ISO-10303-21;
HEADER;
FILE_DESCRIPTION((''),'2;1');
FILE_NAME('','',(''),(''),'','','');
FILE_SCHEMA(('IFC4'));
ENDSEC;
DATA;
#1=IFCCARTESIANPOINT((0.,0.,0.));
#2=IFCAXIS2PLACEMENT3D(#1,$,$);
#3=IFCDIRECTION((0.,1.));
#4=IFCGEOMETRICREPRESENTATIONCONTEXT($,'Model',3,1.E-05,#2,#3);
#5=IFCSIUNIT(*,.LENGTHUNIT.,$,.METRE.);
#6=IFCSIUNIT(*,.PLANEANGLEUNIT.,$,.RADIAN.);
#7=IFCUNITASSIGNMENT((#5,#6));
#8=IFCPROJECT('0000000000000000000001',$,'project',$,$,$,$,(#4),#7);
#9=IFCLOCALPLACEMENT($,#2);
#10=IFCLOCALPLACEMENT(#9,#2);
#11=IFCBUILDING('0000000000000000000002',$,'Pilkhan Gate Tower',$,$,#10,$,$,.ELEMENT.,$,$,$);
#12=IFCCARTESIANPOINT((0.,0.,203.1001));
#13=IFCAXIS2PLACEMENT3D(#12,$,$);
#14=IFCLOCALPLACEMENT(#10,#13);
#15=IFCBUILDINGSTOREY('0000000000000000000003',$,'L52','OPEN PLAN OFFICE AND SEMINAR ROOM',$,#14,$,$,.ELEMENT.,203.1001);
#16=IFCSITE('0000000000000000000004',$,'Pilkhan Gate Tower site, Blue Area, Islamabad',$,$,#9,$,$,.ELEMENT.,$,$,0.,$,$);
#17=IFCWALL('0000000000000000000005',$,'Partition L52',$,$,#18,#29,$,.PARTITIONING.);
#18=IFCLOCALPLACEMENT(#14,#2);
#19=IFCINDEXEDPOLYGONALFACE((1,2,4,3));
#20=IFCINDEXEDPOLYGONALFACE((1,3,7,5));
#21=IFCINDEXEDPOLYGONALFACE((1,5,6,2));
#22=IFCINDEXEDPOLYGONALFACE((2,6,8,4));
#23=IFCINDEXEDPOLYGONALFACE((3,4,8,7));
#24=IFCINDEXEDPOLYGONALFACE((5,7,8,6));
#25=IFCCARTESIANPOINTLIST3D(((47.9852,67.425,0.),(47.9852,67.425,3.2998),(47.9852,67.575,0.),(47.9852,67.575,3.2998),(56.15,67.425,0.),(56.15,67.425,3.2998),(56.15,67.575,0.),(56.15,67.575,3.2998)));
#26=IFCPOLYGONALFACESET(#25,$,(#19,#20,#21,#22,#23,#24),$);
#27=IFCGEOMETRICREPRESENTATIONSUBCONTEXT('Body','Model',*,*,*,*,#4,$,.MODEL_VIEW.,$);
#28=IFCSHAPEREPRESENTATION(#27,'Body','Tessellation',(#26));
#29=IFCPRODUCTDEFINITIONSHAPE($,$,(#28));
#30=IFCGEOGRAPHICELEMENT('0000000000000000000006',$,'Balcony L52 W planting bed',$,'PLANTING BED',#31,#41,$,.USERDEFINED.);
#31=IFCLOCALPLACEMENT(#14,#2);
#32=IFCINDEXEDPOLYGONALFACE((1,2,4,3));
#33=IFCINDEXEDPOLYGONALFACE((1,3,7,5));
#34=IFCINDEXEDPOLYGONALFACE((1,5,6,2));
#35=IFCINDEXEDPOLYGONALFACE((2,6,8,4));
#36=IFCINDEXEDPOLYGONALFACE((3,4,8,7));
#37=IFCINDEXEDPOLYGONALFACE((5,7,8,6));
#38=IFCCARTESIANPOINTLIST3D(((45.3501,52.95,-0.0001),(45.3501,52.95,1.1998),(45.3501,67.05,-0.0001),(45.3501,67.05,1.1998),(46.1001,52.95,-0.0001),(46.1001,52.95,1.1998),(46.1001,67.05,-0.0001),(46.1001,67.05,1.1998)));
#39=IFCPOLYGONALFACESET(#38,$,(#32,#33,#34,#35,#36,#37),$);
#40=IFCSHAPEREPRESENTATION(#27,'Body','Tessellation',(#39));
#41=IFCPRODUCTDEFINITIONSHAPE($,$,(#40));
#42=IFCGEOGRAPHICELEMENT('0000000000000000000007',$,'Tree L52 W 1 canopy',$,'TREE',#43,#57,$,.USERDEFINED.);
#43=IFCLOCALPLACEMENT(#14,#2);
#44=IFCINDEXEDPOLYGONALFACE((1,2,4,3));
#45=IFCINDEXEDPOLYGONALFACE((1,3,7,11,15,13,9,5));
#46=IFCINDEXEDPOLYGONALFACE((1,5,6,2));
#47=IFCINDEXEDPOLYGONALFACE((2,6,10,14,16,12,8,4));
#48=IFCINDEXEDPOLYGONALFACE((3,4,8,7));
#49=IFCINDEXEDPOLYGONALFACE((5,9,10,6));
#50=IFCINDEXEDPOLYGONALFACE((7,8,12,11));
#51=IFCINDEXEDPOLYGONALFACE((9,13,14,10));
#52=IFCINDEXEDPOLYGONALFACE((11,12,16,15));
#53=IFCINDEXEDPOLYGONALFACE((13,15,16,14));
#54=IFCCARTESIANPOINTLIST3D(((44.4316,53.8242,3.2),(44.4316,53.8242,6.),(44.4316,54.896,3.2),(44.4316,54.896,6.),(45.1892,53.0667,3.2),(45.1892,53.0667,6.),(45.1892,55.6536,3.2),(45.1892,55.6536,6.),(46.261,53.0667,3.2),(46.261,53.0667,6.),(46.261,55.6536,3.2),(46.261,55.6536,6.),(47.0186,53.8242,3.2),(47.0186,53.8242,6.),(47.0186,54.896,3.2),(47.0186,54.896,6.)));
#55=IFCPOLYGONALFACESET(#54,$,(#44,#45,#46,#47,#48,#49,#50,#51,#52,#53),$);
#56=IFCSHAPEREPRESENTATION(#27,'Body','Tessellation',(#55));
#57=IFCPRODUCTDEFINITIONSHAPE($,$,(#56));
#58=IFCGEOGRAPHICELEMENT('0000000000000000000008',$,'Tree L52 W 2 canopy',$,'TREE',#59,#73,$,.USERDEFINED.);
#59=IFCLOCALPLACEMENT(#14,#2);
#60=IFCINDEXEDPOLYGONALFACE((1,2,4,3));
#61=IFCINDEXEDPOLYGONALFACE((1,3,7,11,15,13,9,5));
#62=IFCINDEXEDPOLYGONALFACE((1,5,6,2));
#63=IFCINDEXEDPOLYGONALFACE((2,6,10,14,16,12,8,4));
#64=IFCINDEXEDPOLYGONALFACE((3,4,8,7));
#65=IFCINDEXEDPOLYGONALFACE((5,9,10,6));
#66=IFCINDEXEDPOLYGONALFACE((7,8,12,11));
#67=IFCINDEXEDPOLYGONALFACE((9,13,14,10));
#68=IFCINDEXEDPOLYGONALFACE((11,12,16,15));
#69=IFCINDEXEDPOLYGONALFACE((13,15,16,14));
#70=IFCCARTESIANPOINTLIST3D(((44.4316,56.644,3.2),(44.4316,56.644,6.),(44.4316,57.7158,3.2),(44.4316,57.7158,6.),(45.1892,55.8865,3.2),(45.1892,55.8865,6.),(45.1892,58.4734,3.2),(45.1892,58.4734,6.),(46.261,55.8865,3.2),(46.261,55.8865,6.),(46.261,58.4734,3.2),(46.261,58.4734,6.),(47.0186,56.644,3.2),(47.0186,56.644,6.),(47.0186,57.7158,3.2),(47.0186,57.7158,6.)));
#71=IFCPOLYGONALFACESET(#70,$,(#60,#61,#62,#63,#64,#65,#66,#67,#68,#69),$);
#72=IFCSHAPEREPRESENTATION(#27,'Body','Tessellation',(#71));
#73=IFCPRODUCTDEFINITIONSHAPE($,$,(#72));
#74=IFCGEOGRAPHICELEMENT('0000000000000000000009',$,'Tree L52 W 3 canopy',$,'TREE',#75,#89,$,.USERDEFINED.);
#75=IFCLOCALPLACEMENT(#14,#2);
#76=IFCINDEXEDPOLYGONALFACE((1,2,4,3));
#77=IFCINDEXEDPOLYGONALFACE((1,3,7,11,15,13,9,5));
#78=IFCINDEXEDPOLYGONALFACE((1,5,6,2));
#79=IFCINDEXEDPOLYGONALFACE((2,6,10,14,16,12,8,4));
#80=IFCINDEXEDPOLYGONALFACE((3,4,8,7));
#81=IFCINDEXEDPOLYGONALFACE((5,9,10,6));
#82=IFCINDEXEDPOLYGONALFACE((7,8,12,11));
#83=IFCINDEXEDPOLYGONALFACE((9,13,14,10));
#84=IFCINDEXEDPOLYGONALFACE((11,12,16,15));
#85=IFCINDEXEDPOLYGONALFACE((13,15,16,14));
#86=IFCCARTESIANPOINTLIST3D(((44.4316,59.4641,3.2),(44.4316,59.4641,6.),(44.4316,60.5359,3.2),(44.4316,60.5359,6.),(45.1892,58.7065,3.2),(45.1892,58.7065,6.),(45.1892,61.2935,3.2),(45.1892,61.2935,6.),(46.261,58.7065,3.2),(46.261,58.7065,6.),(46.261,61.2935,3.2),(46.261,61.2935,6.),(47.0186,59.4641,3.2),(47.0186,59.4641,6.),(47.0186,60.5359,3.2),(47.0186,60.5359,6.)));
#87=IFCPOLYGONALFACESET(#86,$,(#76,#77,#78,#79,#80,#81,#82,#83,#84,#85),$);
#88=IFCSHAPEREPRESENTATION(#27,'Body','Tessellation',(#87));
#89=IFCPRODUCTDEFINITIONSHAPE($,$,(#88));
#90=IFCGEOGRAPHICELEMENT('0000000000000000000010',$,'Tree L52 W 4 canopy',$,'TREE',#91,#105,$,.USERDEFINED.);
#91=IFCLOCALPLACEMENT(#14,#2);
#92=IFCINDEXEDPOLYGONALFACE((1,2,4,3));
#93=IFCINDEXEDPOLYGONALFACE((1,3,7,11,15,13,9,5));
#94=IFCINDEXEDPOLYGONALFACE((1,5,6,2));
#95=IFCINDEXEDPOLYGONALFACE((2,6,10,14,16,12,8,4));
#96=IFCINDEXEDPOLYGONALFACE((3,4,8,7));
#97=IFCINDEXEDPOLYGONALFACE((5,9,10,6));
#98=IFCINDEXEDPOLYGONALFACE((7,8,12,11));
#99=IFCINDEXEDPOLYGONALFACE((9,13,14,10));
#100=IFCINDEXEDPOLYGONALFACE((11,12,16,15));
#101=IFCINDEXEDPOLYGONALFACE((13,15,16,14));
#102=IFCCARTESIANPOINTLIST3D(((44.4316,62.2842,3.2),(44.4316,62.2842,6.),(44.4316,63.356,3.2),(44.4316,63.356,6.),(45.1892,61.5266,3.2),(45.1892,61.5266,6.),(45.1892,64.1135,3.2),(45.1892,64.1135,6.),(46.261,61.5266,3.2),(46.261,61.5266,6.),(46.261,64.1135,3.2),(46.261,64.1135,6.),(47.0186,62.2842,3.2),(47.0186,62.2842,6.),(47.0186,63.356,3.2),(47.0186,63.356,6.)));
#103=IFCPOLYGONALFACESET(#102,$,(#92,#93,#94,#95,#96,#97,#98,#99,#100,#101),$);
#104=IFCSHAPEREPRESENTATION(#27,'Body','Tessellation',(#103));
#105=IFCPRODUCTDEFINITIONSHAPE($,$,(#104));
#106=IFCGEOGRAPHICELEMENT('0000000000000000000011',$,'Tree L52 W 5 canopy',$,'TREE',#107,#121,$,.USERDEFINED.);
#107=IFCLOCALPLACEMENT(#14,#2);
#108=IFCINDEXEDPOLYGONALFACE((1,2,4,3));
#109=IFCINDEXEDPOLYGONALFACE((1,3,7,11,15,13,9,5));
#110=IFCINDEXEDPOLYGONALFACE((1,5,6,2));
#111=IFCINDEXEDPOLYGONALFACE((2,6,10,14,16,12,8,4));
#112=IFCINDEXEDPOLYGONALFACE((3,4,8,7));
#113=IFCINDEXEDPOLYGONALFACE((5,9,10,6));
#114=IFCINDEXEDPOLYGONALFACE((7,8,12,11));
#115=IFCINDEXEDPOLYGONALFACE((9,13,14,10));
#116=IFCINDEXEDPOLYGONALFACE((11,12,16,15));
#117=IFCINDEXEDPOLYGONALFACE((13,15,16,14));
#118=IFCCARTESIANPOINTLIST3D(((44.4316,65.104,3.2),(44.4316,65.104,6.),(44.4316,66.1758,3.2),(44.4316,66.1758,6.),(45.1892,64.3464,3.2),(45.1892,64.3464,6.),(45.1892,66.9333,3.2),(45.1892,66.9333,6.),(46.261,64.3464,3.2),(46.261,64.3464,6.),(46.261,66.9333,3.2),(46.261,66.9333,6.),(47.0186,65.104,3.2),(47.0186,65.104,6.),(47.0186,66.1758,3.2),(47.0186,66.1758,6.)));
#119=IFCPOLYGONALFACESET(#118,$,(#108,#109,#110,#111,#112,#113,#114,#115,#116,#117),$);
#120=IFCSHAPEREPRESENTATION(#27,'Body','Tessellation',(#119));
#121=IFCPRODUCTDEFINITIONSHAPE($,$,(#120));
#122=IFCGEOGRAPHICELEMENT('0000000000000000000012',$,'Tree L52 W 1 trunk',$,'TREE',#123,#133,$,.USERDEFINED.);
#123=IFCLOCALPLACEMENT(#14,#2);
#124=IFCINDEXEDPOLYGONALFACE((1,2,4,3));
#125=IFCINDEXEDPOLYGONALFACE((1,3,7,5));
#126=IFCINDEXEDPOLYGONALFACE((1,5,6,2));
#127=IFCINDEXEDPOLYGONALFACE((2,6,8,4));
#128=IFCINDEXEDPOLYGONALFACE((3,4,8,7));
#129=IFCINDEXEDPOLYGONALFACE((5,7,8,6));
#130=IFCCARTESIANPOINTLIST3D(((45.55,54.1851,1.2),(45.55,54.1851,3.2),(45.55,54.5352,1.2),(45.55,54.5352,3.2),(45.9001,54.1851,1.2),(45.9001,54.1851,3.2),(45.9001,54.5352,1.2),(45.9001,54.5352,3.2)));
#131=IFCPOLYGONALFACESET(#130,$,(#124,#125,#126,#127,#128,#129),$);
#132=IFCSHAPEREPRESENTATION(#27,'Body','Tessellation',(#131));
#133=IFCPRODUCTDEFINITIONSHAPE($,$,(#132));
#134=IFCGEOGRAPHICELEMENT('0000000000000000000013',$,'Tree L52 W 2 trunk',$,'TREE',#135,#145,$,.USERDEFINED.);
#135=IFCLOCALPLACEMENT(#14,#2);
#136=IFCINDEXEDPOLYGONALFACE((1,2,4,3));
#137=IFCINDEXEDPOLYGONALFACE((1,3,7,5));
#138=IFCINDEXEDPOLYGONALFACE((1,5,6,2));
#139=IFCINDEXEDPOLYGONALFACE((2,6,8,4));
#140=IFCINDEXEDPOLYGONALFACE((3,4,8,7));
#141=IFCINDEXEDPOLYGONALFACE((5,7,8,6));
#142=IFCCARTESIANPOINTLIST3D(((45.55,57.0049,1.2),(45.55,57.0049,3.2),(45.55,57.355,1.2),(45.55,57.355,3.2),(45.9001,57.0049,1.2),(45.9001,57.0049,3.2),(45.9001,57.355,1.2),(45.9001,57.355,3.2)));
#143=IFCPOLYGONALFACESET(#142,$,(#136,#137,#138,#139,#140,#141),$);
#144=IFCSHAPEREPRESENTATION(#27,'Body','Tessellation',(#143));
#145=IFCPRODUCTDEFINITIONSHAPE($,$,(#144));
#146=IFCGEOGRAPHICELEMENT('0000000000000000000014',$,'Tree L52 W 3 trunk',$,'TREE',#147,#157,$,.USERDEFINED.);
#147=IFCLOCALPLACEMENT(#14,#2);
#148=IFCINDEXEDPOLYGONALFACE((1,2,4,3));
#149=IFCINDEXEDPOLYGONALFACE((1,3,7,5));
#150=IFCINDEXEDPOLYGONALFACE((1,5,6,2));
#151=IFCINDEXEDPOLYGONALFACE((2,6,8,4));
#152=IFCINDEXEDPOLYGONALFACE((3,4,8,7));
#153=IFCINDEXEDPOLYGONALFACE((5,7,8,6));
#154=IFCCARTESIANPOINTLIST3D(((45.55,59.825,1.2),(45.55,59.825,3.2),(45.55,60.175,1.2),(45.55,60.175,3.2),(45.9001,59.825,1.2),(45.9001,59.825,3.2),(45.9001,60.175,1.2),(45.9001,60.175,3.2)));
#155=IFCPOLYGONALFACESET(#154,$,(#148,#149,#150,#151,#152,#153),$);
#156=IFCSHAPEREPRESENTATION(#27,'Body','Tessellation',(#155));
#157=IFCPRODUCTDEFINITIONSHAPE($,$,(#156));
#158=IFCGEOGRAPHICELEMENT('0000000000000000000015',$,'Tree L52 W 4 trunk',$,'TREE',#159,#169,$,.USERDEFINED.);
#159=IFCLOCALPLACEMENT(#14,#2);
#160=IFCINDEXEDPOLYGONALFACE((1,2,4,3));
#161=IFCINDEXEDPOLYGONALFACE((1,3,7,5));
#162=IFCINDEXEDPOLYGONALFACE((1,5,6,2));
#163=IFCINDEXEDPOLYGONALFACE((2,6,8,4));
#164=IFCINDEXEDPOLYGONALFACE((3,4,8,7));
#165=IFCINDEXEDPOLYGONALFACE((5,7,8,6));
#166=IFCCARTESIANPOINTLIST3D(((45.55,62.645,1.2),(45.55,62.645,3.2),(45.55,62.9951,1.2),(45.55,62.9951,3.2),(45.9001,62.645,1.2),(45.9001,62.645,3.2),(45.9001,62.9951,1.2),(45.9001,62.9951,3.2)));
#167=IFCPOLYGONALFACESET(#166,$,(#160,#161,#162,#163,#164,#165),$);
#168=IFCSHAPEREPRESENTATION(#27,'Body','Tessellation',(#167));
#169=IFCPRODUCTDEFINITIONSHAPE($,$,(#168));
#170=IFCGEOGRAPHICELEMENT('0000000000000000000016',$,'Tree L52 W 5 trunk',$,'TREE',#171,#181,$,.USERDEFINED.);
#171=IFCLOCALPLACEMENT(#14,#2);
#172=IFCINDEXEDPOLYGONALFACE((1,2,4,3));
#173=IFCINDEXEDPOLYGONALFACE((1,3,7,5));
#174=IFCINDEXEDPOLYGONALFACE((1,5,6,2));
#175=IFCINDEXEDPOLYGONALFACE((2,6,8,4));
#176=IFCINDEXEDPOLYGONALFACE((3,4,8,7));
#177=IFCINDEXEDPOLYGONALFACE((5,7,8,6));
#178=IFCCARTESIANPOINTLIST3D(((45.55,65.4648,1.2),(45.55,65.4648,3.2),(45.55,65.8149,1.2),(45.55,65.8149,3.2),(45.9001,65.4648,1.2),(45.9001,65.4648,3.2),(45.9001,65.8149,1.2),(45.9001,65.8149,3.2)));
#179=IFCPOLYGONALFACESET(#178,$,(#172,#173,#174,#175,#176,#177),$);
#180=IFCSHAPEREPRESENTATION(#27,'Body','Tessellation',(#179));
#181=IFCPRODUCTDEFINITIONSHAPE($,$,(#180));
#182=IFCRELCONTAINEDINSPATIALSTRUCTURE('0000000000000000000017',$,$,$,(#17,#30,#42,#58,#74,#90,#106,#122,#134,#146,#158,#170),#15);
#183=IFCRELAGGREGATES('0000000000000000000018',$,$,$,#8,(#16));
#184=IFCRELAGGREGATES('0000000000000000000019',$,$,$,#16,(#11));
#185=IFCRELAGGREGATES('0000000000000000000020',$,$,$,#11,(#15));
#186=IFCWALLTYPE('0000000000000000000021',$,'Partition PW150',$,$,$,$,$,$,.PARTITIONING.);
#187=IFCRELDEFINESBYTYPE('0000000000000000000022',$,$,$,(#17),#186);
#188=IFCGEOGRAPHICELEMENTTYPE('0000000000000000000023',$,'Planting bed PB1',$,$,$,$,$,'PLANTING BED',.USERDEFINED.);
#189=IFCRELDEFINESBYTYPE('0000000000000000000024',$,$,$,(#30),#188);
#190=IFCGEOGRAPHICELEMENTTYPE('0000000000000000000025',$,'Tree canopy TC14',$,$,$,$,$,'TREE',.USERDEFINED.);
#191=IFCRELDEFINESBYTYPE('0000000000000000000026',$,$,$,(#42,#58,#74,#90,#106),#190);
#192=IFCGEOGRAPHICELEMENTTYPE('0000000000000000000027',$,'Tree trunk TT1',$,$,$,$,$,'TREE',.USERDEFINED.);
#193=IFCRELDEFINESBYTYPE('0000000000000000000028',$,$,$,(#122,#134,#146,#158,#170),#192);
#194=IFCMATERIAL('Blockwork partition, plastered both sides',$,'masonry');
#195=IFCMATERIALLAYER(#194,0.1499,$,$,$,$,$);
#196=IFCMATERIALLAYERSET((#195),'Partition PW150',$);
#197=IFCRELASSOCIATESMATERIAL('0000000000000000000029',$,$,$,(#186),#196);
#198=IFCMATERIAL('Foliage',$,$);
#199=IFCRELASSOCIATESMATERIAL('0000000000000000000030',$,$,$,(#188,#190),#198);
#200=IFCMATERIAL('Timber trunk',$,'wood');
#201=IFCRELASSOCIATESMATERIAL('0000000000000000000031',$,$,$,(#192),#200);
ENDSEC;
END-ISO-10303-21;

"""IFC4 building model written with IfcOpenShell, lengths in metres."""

from ifc_helpers import new_model, si_unit, direction, frame, frame_2d, origin, origin_2d, place, context, subcontext, project, spatial, polyline, rectangle, outline, extrude, material, layer, layer_set, material_profile, profile_set, type_object, element, save


model = new_model("IFC4")

# Units and contexts
model_context = context("Model", 3, precision=1e-05, world=origin(), true_north=direction((0.0, 1.0)))
body_context = subcontext(model_context, "Body", "Model", "MODEL_VIEW")
ifc_project = project(units=[si_unit("LENGTHUNIT", "METRE"), si_unit("PLANEANGLEUNIT", "RADIAN")], contexts=[model_context])

# Site, building, storey
site_placement = place(None, origin())
site = spatial("IfcSite", under=ifc_project, at=site_placement, Name="Pilkhan Gate Tower site, Blue Area, Islamabad", CompositionType="ELEMENT", RefElevation=0.0)
building_placement = place(site_placement, origin())
building = spatial("IfcBuilding", under=site, at=building_placement, Name="Pilkhan Gate Tower", CompositionType="ELEMENT")
storey_placement = place(building_placement, frame((0.0, 0.0, 203.1001)))
storey = spatial("IfcBuildingStorey", under=building, at=storey_placement, Name="L52", Description="OPEN PLAN OFFICE AND SEMINAR ROOM", CompositionType="ELEMENT", Elevation=203.1001)

# Wall
ifc_material_1 = material(Name="Blockwork partition, plastered both sides", Category="masonry")
ifc_layer_1 = layer(ifc_material_1, 0.1499)
ifc_layer_set_1 = layer_set([ifc_layer_1], Name="Partition PW150")
wall_type_1 = type_object("IfcWallType", Name="Partition PW150", PredefinedType="PARTITIONING", material=ifc_layer_set_1)
wall_1_placement = place(storey_placement, frame((47.9851, 67.5, 0.0), z_axis=(0.0, 0.0, 1.0), x_axis=(1.0, 0.0, 0.0)))
element("IfcWall", 1, at=wall_1_placement, inside=storey, type_object=wall_type_1, Name="Partition L52", PredefinedType="PARTITIONING", context=body_context, shape_type="SweptSolid", body=[
    extrude(rectangle(XDim=8.1648, YDim=0.1499, at=frame_2d((4.0825, 0.0))), origin(), (0.0, 0.0, 1.0), 3.2998),
])

# Geographic elements
ifc_material_2 = material(Name="Foliage")
ifc_material_profile_1 = material_profile(ifc_material_2, rectangle(XDim=0.75, YDim=1.2, at=origin_2d()), Name="Bed 750x1200")
ifc_profile_set_1 = profile_set([ifc_material_profile_1], Name="Foliage")
geographic_element_type_1 = type_object("IfcGeographicElementType", Name="Planting bed PB1", ElementType="PLANTING BED", PredefinedType="USERDEFINED", material=ifc_profile_set_1)
geographic_element_placement = place(storey_placement, frame((45.7251, 52.95, 0.5999), z_axis=(0.0, 1.0, 0.0), x_axis=(-1.0, 0.0, 0.0)))
element("IfcGeographicElement", 2, at=geographic_element_placement, inside=storey, type_object=geographic_element_type_1, Name="Balcony L52 W planting bed", ObjectType="PLANTING BED", PredefinedType="USERDEFINED", context=body_context, shape_type="SweptSolid", body=[
    extrude(rectangle(XDim=0.75, YDim=1.2, at=origin_2d()), origin(), (0.0, 0.0, 1.0), 14.1001),
])
ifc_material_profile_2 = material_profile(ifc_material_2, outline(polyline([(1.2935, 0.5359), (0.5359, 1.2935), (-0.5359, 1.2935), (-1.2935, 0.5359), (-1.2935, -0.5359), (-0.5359, -1.2935), (0.5359, -1.2935), (1.2935, -0.5359), (1.2935, 0.5359)])), Name="Canopy D2.8")
ifc_profile_set_2 = profile_set([ifc_material_profile_2], Name="Foliage")
geographic_element_type_2 = type_object("IfcGeographicElementType", Name="Tree canopy TC14", ElementType="TREE", PredefinedType="USERDEFINED", material=ifc_profile_set_2)
for number, where, z_axis, x_axis, name in (
    (3, (45.7251, 54.3601, 3.2), (0.0, 0.0, 1.0), (1.0, 0.0, 0.0), "Tree L52 W 1 canopy"),
    (4, (45.7251, 57.1799, 3.2), (0.0, 0.0, 1.0), (1.0, 0.0, 0.0), "Tree L52 W 2 canopy"),
    (5, (45.7251, 60.0, 3.2), (0.0, 0.0, 1.0), (1.0, 0.0, 0.0), "Tree L52 W 3 canopy"),
    (6, (45.7251, 62.8201, 3.2), (0.0, 0.0, 1.0), (1.0, 0.0, 0.0), "Tree L52 W 4 canopy"),
    (7, (45.7251, 65.6399, 3.2), (0.0, 0.0, 1.0), (1.0, 0.0, 0.0), "Tree L52 W 5 canopy"),
):
    element("IfcGeographicElement", number, at=place(storey_placement, frame(where, z_axis=z_axis, x_axis=x_axis)), inside=storey, type_object=geographic_element_type_2, Name=name, ObjectType="TREE", PredefinedType="USERDEFINED", context=body_context, shape_type="SweptSolid", body=[
        extrude(outline(polyline([(1.2935, 0.5359), (0.5359, 1.2935), (-0.5359, 1.2935), (-1.2935, 0.5359), (-1.2935, -0.5359), (-0.5359, -1.2935), (0.5359, -1.2935), (1.2935, -0.5359), (1.2935, 0.5359)])), origin(), (0.0, 0.0, 1.0), 2.8),
    ])
ifc_material_3 = material(Name="Timber trunk", Category="wood")
geographic_element_type_3 = type_object("IfcGeographicElementType", Name="Tree trunk TT1", ElementType="TREE", PredefinedType="USERDEFINED", material=ifc_material_3)
for number, where, z_axis, x_axis, name in (
    (8, (45.7251, 54.3601, 1.2), (0.0, 0.0, 1.0), (1.0, 0.0, 0.0), "Tree L52 W 1 trunk"),
    (9, (45.7251, 57.1799, 1.2), (0.0, 0.0, 1.0), (1.0, 0.0, 0.0), "Tree L52 W 2 trunk"),
    (10, (45.7251, 60.0, 1.2), (0.0, 0.0, 1.0), (1.0, 0.0, 0.0), "Tree L52 W 3 trunk"),
    (11, (45.7251, 62.8201, 1.2), (0.0, 0.0, 1.0), (1.0, 0.0, 0.0), "Tree L52 W 4 trunk"),
    (12, (45.7251, 65.6399, 1.2), (0.0, 0.0, 1.0), (1.0, 0.0, 0.0), "Tree L52 W 5 trunk"),
):
    element("IfcGeographicElement", number, at=place(storey_placement, frame(where, z_axis=z_axis, x_axis=x_axis)), inside=storey, type_object=geographic_element_type_3, Name=name, ObjectType="TREE", PredefinedType="USERDEFINED", context=body_context, shape_type="SweptSolid", body=[
        extrude(rectangle(XDim=0.3501, YDim=0.3501, at=origin_2d()), origin(), (0.0, 0.0, 1.0), 2.0),
    ])

save(model, "model.ifc")
